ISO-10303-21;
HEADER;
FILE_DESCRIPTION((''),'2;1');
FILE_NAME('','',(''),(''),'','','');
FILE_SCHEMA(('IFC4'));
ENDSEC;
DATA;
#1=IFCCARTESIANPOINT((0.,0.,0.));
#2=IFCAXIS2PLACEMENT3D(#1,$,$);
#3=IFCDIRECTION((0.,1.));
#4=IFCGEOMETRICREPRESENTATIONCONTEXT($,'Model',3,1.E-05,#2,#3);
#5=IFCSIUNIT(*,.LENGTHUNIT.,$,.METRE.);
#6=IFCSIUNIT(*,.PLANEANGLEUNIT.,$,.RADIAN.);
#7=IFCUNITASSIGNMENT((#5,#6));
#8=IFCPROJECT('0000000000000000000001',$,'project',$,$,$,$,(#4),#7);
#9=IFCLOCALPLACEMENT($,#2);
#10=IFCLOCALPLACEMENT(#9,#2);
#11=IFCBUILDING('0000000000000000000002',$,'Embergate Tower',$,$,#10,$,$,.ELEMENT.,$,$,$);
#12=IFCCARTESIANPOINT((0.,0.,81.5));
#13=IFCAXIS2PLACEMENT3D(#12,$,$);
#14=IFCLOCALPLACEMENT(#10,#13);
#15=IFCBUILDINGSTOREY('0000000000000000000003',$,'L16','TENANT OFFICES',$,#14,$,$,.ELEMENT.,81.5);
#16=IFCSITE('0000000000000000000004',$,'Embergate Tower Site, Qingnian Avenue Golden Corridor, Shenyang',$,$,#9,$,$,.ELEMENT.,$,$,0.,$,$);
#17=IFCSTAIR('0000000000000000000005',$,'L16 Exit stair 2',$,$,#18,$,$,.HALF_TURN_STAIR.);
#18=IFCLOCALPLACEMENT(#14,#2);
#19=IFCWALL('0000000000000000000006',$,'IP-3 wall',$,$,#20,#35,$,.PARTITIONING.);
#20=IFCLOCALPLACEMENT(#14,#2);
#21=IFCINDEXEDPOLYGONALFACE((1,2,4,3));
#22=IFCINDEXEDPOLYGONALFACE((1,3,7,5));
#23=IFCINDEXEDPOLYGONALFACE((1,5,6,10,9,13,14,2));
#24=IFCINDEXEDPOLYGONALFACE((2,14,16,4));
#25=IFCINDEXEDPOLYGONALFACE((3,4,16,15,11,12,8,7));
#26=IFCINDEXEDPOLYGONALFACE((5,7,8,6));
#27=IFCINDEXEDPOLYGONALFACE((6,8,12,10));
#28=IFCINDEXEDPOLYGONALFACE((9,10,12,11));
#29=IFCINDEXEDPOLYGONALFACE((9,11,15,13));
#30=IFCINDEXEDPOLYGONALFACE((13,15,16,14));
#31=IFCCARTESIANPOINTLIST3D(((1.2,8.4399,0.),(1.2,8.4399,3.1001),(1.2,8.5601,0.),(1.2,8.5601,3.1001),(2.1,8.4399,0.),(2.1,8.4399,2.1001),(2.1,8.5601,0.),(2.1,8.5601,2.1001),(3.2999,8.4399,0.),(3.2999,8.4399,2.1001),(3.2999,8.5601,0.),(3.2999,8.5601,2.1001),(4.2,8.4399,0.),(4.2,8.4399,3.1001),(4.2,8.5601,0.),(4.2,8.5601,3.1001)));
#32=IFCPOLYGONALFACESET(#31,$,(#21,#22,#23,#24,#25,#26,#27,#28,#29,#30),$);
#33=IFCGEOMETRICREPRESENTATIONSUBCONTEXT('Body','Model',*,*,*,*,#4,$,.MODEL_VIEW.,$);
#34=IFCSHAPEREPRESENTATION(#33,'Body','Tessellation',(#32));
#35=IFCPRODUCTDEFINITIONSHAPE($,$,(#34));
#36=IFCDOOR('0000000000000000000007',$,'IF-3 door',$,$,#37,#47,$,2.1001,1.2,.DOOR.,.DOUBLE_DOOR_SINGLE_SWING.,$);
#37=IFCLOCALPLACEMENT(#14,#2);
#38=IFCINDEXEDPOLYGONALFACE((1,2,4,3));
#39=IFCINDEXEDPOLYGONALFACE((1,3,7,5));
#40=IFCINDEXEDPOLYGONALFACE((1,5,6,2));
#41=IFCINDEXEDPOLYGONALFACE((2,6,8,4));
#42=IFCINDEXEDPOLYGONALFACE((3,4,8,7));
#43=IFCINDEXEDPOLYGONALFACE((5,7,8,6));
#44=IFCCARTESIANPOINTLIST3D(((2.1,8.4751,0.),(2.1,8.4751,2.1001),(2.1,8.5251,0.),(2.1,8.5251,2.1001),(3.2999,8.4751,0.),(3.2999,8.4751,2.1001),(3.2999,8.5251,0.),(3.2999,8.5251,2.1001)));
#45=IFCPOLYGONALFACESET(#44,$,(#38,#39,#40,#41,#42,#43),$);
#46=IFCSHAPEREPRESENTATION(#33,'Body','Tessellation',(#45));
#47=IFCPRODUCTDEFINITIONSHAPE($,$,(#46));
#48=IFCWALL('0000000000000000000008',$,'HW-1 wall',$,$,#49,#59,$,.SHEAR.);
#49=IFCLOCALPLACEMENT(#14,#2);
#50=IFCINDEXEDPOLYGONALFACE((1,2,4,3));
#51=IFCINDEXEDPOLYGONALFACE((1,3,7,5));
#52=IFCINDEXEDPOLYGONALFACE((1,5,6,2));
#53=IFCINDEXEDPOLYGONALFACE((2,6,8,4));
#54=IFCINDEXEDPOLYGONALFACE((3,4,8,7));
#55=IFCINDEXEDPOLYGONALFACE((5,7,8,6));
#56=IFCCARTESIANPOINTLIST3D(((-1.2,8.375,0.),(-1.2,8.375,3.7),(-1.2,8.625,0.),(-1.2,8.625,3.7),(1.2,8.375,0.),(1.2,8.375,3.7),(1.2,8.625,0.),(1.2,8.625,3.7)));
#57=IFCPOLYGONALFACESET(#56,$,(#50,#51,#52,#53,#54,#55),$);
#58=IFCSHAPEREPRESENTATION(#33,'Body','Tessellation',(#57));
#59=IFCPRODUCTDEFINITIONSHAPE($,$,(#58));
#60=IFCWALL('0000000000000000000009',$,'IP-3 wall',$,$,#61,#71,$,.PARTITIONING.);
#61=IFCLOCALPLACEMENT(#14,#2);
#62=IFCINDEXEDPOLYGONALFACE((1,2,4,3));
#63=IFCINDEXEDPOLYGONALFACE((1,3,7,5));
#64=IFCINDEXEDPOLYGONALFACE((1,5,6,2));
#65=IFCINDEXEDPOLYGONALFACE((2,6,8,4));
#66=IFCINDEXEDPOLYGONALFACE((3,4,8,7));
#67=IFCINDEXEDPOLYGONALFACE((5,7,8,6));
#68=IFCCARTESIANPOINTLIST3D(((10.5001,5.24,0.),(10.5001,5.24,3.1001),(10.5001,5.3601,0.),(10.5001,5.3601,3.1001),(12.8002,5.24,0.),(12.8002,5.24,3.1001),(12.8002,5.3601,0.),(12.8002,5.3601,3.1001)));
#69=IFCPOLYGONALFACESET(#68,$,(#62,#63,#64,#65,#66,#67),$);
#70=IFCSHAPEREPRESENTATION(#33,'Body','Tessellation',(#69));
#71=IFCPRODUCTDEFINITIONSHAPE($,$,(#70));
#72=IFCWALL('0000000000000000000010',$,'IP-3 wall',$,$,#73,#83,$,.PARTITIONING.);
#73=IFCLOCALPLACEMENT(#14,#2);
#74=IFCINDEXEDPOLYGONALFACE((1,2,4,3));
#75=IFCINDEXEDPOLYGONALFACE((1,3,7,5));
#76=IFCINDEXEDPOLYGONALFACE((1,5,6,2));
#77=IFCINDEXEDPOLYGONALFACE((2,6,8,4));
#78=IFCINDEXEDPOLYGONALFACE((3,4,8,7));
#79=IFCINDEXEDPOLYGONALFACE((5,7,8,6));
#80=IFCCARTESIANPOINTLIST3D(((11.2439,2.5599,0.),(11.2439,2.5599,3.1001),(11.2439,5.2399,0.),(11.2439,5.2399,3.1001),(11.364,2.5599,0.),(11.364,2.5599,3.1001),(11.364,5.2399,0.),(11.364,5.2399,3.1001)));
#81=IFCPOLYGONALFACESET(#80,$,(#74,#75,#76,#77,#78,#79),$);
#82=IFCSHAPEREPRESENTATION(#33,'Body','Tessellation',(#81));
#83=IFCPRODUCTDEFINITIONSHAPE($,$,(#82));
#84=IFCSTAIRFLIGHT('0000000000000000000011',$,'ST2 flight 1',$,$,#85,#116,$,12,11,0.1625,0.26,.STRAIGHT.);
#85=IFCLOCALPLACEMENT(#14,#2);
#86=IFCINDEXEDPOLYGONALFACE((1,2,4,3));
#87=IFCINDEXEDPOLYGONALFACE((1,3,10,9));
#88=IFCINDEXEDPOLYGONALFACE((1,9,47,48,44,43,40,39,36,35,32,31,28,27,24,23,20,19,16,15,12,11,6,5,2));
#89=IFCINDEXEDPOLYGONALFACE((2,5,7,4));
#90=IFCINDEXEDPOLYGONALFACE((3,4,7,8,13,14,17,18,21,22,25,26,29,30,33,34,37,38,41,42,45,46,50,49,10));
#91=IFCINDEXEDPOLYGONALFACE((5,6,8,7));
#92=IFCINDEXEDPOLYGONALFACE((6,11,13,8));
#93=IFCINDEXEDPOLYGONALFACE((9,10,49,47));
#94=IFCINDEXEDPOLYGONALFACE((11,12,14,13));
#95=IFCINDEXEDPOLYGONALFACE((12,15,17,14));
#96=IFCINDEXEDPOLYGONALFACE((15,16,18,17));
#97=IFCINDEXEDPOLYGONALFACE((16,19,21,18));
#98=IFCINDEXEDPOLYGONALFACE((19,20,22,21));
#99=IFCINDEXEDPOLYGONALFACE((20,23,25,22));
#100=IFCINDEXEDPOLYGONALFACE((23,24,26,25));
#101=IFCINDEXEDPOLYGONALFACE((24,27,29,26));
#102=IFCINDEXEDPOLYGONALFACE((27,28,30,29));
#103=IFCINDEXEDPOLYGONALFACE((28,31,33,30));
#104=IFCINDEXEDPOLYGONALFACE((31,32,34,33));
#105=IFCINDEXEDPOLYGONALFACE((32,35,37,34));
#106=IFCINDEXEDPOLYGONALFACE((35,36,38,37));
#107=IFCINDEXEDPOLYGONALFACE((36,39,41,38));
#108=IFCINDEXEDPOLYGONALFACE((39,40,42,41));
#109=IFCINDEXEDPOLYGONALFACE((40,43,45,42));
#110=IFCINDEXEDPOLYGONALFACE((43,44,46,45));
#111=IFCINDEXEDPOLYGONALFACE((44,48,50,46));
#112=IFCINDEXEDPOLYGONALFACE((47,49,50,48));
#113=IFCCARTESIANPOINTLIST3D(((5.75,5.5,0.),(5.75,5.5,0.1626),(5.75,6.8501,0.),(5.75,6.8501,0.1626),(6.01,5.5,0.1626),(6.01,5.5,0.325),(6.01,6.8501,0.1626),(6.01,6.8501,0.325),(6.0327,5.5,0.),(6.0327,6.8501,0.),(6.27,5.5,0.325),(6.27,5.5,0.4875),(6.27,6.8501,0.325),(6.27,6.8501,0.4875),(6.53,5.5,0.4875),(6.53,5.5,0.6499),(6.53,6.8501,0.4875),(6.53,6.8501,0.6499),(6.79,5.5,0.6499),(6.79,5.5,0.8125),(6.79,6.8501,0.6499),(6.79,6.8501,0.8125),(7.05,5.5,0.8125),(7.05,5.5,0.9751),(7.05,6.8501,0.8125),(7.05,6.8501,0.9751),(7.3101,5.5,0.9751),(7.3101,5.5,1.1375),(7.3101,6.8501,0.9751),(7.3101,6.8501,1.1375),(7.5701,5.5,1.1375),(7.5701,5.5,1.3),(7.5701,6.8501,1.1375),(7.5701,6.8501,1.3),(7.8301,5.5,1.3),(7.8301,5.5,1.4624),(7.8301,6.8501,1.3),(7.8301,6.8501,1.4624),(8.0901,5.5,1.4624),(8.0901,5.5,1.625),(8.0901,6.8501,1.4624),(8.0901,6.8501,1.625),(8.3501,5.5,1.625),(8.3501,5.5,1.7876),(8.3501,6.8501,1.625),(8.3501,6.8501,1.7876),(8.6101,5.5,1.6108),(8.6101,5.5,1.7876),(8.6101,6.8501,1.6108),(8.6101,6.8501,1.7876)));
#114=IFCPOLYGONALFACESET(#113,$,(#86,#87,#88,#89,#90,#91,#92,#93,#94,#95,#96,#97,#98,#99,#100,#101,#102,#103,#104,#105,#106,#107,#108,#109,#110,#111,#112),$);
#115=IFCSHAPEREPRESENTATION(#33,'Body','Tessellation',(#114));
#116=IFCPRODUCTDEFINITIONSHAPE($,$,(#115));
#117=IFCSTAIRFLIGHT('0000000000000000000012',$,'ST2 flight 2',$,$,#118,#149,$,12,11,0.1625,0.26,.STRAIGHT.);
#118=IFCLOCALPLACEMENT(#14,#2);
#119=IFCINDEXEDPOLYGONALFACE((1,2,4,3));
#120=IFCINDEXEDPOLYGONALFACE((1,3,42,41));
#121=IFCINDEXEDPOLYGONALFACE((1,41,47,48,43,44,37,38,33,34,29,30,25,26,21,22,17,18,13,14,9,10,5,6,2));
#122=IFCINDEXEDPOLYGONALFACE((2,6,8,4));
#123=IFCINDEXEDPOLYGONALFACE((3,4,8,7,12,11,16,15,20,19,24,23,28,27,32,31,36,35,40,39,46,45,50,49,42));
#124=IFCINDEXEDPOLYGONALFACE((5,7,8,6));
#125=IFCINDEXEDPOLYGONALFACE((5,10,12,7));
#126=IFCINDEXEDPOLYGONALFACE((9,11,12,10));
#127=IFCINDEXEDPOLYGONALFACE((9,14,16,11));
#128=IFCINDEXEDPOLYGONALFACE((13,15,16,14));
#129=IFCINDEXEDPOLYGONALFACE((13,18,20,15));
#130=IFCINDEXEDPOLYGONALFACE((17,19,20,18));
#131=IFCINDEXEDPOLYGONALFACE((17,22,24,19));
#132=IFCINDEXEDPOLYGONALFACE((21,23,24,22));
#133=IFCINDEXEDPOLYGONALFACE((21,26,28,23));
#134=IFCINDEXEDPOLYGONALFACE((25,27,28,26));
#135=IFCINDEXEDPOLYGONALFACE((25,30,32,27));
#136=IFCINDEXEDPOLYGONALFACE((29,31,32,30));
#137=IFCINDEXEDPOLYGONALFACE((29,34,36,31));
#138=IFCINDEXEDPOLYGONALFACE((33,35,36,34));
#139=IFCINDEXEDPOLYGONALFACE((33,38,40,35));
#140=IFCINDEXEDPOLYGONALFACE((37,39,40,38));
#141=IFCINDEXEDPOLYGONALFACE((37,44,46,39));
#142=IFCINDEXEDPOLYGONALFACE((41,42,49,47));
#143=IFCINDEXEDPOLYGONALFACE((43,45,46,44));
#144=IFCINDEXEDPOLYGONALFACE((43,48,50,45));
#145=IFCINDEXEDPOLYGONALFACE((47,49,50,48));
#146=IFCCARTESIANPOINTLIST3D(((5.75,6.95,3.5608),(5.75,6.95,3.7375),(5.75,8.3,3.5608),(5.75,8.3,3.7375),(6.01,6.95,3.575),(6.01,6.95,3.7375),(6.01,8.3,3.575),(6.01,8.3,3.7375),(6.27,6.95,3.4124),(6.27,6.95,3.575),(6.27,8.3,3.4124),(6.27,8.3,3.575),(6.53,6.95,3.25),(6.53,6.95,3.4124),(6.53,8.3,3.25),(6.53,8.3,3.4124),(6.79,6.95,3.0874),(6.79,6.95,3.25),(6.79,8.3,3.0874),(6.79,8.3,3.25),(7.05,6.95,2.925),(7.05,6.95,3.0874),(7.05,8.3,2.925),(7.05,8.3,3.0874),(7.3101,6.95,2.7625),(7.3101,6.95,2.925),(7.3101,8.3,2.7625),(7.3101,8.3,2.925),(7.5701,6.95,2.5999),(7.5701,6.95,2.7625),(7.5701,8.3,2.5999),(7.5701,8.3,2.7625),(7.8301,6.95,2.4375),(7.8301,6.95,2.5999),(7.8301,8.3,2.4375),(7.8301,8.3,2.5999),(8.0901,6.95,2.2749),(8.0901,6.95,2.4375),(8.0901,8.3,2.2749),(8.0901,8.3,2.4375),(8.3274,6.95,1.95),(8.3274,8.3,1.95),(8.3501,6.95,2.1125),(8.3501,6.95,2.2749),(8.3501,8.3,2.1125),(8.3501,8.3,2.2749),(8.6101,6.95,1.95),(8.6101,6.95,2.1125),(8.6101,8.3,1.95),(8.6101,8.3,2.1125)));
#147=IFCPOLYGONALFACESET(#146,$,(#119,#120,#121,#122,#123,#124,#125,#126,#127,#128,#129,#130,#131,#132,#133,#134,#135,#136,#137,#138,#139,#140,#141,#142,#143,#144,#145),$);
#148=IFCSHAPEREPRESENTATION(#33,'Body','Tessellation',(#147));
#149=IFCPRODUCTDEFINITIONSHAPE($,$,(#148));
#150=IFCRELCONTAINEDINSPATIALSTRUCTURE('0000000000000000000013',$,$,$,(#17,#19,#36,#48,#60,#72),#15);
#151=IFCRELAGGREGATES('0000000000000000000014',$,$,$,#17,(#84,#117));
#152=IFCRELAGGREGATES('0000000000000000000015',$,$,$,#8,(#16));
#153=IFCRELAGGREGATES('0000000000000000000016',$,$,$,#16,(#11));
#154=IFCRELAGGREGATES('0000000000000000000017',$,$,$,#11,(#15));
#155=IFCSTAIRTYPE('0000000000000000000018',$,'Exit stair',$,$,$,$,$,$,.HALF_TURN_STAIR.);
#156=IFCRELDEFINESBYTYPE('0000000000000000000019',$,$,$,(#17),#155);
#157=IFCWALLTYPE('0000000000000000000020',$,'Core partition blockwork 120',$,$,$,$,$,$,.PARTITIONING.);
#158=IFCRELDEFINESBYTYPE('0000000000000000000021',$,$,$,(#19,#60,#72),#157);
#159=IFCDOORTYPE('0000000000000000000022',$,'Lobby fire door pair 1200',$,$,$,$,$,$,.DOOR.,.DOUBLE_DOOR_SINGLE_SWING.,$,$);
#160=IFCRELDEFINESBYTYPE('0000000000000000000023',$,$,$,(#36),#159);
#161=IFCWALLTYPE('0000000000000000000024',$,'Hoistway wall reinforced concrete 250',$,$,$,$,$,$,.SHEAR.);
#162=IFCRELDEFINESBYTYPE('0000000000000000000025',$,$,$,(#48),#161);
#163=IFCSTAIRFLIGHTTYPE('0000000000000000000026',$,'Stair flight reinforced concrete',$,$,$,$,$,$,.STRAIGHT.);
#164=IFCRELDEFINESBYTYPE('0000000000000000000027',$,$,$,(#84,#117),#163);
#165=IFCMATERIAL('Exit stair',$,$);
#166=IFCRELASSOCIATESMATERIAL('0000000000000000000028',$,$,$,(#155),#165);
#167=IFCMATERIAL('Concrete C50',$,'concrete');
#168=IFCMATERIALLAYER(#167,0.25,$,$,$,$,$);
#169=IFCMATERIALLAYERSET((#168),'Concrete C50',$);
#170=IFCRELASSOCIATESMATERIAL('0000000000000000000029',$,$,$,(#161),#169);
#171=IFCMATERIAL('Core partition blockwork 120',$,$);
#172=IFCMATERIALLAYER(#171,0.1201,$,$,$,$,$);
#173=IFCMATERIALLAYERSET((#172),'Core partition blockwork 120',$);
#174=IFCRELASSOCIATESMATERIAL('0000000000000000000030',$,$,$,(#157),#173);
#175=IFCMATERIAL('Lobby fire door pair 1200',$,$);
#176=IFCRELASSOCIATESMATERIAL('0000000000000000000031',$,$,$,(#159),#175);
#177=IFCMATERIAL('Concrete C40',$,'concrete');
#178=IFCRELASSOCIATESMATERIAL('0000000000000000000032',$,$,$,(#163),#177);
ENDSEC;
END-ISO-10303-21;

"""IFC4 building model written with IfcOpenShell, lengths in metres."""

from ifc_helpers import new_model, si_unit, direction, frame, frame_2d, origin, place, context, subcontext, project, spatial, polyline, rectangle, outline, extrude, source, transform, mapped, material, layer, layer_set, type_object, element, fill, aggregate, save


model = new_model("IFC4")

# Units and contexts
model_context = context("Model", 3, precision=1e-05, world=origin(), true_north=direction((0.0, 1.0)))
body_context = subcontext(model_context, "Body", "Model", "MODEL_VIEW")
ifc_project = project(units=[si_unit("LENGTHUNIT", "METRE"), si_unit("PLANEANGLEUNIT", "RADIAN")], contexts=[model_context])

# Site, building, storey
site_placement = place(None, origin())
site = spatial("IfcSite", under=ifc_project, at=site_placement, Name="Embergate Tower Site, Qingnian Avenue Golden Corridor, Shenyang", CompositionType="ELEMENT", RefElevation=0.0)
building_placement = place(site_placement, origin())
building = spatial("IfcBuilding", under=site, at=building_placement, Name="Embergate Tower", CompositionType="ELEMENT")
storey_placement = place(building_placement, frame((0.0, 0.0, 81.5)))
storey = spatial("IfcBuildingStorey", under=building, at=storey_placement, Name="L16", Description="TENANT OFFICES", CompositionType="ELEMENT", Elevation=81.5)

# Stair
ifc_material_1 = material(Name="Exit stair")
stair_type = type_object("IfcStairType", Name="Exit stair", PredefinedType="HALF_TURN_STAIR", material=ifc_material_1)
stair_placement = place(storey_placement, origin())
stair = element("IfcStair", 1, at=stair_placement, inside=storey, type_object=stair_type, Name="L16 Exit stair 2", PredefinedType="HALF_TURN_STAIR")
ifc_material_2 = material(Name="Concrete C40", Category="concrete")

# Shared definitions
ifc_material_3 = material(Name="Concrete C50", Category="concrete")
ifc_layer_1 = layer(ifc_material_3, 0.25)
ifc_layer_set_1 = layer_set([ifc_layer_1], Name="Concrete C50")
wall_type_1 = type_object("IfcWallType", Name="Hoistway wall reinforced concrete 250", PredefinedType="SHEAR", material=ifc_layer_set_1)

# Shared definitions
ifc_material_4 = material(Name="Core partition blockwork 120")
ifc_layer_2 = layer(ifc_material_4, 0.1201)
ifc_layer_set_2 = layer_set([ifc_layer_2], Name="Core partition blockwork 120")
wall_type_2 = type_object("IfcWallType", Name="Core partition blockwork 120", PredefinedType="PARTITIONING", material=ifc_layer_set_2)

# Shared definitions
shared_shape_1 = source(origin(), body_context, "Body", "SweptSolid", [
    extrude(rectangle(XDim=1.2, YDim=2.1001, at=frame_2d((0.6001, 1.05))), frame((0.0, 0.0249, 0.0), z_axis=(0.0, -1.0, 0.0), x_axis=(1.0, 0.0, 0.0)), (0.0, 0.0, 1.0), 0.05),
])

# Wall, opening, door
shared_shape_2 = source(origin(), body_context, "Body", "SweptSolid", [
    extrude(rectangle(XDim=3.0, YDim=0.1201, at=frame_2d((1.5, 0.0))), origin(), (0.0, 0.0, 1.0), 3.1001),
])
wall_1_placement = place(storey_placement, frame((4.2, 8.5, 0.0), z_axis=(0.0, 0.0, 1.0), x_axis=(-1.0, 0.0, 0.0)))
wall_1 = element("IfcWall", 2, at=wall_1_placement, inside=storey, type_object=wall_type_2, Name="IP-3 wall", PredefinedType="PARTITIONING", context=body_context, shape_type="MappedRepresentation", body=[
    mapped(shared_shape_2, transform((0.0, 0.0, 0.0))),
])
shared_shape_3 = source(origin(), body_context, "Body", "SweptSolid", [
    extrude(rectangle(XDim=1.2, YDim=2.1001, at=frame_2d((0.6001, 1.05))), frame((0.0, 0.0701, 0.0), z_axis=(0.0, -1.0, 0.0), x_axis=(1.0, 0.0, 0.0)), (0.0, 0.0, 1.0), 0.1401),
])
opening_1_placement = place(wall_1_placement, frame((0.8999, 0.0, 0.0)))
opening_1 = element("IfcOpeningElement", 3, at=opening_1_placement, cuts=wall_1, PredefinedType="OPENING", context=body_context, shape_type="MappedRepresentation", body=[
    mapped(shared_shape_3, transform((0.0, 0.0, 0.0))),
])
ifc_material_5 = material(Name="Lobby fire door pair 1200")
door_type_1 = type_object("IfcDoorType", Name="Lobby fire door pair 1200", OperationType="DOUBLE_DOOR_SINGLE_SWING", PredefinedType="DOOR", material=ifc_material_5)
door_1_placement = place(opening_1_placement, origin())
door_1 = element("IfcDoor", 4, at=door_1_placement, inside=storey, type_object=door_type_1, Name="IF-3 door", OperationType="DOUBLE_DOOR_SINGLE_SWING", OverallHeight=2.1001, OverallWidth=1.2, PredefinedType="DOOR", context=body_context, shape_type="MappedRepresentation", body=[
    mapped(shared_shape_1, transform((0.0, 0.0, 0.0))),
])
fill(opening_1, door_1)

# Walls
shared_shape_4 = source(origin(), body_context, "Body", "SweptSolid", [
    extrude(rectangle(XDim=2.3999, YDim=0.25, at=frame_2d((1.2, 0.0))), origin(), (0.0, 0.0, 1.0), 3.7),
])
wall_2_placement = place(storey_placement, frame((1.2, 8.5, 0.0), z_axis=(0.0, 0.0, 1.0), x_axis=(-1.0, 0.0, 0.0)))
element("IfcWall", 5, at=wall_2_placement, inside=storey, type_object=wall_type_1, Name="HW-1 wall", PredefinedType="SHEAR", context=body_context, shape_type="MappedRepresentation", body=[
    mapped(shared_shape_4, transform((0.0, 0.0, 0.0))),
])
shared_shape_5 = source(origin(), body_context, "Body", "SweptSolid", [
    extrude(rectangle(XDim=2.3, YDim=0.1201, at=frame_2d((1.1499, 0.0))), origin(), (0.0, 0.0, 1.0), 3.1001),
])
wall_3_placement = place(storey_placement, frame((12.8, 5.3, 0.0), z_axis=(0.0, 0.0, 1.0), x_axis=(-1.0, 0.0, 0.0)))
element("IfcWall", 6, at=wall_3_placement, inside=storey, type_object=wall_type_2, Name="IP-3 wall", PredefinedType="PARTITIONING", context=body_context, shape_type="MappedRepresentation", body=[
    mapped(shared_shape_5, transform((0.0, 0.0, 0.0))),
])
shared_shape_6 = source(origin(), body_context, "Body", "SweptSolid", [
    extrude(rectangle(XDim=2.6799, YDim=0.1201, at=frame_2d((1.3398, 0.0))), origin(), (0.0, 0.0, 1.0), 3.1001),
])
wall_4_placement = place(storey_placement, frame((11.304, 2.5601, 0.0), z_axis=(0.0, 0.0, 1.0), x_axis=(0.0, 1.0, 0.0)))
element("IfcWall", 7, at=wall_4_placement, inside=storey, type_object=wall_type_2, Name="IP-3 wall", PredefinedType="PARTITIONING", context=body_context, shape_type="MappedRepresentation", body=[
    mapped(shared_shape_6, transform((0.0, 0.0, 0.0))),
])

# Stair flights
stair_flight_type = type_object("IfcStairFlightType", Name="Stair flight reinforced concrete", PredefinedType="STRAIGHT", material=ifc_material_2)
shared_shape_7 = source(origin(), body_context, "Body", "SweptSolid", [
    extrude(outline(polyline([(0.0, 0.0), (0.0, 0.1626), (0.26, 0.1626), (0.26, 0.325), (0.52, 0.325), (0.52, 0.4875), (0.78, 0.4875), (0.78, 0.6499), (1.04, 0.6499), (1.04, 0.8125), (1.3, 0.8125), (1.3, 0.9751), (1.5601, 0.9751), (1.5601, 1.1375), (1.8201, 1.1375), (1.8201, 1.3), (2.0801, 1.3), (2.0801, 1.4624), (2.3401, 1.4624), (2.3401, 1.625), (2.6001, 1.625), (2.6001, 1.7876), (2.8601, 1.7876), (2.8601, 1.95), (2.8601, 1.6108), (0.2827, 0.0), (0.0, 0.0)])), frame((0.0, 0.675, 0.0), z_axis=(0.0, -1.0, 0.0), x_axis=(1.0, 0.0, 0.0)), (0.0, 0.0, 1.0), 1.3501),
])
stair_flight_1_placement = place(storey_placement, frame((5.75, 6.175, 0.0), z_axis=(0.0, 0.0, 1.0), x_axis=(1.0, 0.0, 0.0)))
stair_flight_1 = element("IfcStairFlight", 8, at=stair_flight_1_placement, type_object=stair_flight_type, Name="ST2 flight 1", NumberOfRisers=12, NumberOfTreads=11, PredefinedType="STRAIGHT", RiserHeight=0.1625, TreadLength=0.26, context=body_context, shape_type="MappedRepresentation", body=[
    mapped(shared_shape_7, transform((0.0, 0.0, 0.0))),
])
stair_flight_2_placement = place(storey_placement, frame((8.6101, 7.625, 1.95), z_axis=(0.0, 0.0, 1.0), x_axis=(-1.0, 0.0, 0.0)))
stair_flight_2 = element("IfcStairFlight", 9, at=stair_flight_2_placement, type_object=stair_flight_type, Name="ST2 flight 2", NumberOfRisers=12, NumberOfTreads=11, PredefinedType="STRAIGHT", RiserHeight=0.1625, TreadLength=0.26, context=body_context, shape_type="MappedRepresentation", body=[
    mapped(shared_shape_7, transform((0.0, 0.0, 0.0))),
])
aggregate(stair, [stair_flight_1, stair_flight_2])

save(model, "model.ifc")
